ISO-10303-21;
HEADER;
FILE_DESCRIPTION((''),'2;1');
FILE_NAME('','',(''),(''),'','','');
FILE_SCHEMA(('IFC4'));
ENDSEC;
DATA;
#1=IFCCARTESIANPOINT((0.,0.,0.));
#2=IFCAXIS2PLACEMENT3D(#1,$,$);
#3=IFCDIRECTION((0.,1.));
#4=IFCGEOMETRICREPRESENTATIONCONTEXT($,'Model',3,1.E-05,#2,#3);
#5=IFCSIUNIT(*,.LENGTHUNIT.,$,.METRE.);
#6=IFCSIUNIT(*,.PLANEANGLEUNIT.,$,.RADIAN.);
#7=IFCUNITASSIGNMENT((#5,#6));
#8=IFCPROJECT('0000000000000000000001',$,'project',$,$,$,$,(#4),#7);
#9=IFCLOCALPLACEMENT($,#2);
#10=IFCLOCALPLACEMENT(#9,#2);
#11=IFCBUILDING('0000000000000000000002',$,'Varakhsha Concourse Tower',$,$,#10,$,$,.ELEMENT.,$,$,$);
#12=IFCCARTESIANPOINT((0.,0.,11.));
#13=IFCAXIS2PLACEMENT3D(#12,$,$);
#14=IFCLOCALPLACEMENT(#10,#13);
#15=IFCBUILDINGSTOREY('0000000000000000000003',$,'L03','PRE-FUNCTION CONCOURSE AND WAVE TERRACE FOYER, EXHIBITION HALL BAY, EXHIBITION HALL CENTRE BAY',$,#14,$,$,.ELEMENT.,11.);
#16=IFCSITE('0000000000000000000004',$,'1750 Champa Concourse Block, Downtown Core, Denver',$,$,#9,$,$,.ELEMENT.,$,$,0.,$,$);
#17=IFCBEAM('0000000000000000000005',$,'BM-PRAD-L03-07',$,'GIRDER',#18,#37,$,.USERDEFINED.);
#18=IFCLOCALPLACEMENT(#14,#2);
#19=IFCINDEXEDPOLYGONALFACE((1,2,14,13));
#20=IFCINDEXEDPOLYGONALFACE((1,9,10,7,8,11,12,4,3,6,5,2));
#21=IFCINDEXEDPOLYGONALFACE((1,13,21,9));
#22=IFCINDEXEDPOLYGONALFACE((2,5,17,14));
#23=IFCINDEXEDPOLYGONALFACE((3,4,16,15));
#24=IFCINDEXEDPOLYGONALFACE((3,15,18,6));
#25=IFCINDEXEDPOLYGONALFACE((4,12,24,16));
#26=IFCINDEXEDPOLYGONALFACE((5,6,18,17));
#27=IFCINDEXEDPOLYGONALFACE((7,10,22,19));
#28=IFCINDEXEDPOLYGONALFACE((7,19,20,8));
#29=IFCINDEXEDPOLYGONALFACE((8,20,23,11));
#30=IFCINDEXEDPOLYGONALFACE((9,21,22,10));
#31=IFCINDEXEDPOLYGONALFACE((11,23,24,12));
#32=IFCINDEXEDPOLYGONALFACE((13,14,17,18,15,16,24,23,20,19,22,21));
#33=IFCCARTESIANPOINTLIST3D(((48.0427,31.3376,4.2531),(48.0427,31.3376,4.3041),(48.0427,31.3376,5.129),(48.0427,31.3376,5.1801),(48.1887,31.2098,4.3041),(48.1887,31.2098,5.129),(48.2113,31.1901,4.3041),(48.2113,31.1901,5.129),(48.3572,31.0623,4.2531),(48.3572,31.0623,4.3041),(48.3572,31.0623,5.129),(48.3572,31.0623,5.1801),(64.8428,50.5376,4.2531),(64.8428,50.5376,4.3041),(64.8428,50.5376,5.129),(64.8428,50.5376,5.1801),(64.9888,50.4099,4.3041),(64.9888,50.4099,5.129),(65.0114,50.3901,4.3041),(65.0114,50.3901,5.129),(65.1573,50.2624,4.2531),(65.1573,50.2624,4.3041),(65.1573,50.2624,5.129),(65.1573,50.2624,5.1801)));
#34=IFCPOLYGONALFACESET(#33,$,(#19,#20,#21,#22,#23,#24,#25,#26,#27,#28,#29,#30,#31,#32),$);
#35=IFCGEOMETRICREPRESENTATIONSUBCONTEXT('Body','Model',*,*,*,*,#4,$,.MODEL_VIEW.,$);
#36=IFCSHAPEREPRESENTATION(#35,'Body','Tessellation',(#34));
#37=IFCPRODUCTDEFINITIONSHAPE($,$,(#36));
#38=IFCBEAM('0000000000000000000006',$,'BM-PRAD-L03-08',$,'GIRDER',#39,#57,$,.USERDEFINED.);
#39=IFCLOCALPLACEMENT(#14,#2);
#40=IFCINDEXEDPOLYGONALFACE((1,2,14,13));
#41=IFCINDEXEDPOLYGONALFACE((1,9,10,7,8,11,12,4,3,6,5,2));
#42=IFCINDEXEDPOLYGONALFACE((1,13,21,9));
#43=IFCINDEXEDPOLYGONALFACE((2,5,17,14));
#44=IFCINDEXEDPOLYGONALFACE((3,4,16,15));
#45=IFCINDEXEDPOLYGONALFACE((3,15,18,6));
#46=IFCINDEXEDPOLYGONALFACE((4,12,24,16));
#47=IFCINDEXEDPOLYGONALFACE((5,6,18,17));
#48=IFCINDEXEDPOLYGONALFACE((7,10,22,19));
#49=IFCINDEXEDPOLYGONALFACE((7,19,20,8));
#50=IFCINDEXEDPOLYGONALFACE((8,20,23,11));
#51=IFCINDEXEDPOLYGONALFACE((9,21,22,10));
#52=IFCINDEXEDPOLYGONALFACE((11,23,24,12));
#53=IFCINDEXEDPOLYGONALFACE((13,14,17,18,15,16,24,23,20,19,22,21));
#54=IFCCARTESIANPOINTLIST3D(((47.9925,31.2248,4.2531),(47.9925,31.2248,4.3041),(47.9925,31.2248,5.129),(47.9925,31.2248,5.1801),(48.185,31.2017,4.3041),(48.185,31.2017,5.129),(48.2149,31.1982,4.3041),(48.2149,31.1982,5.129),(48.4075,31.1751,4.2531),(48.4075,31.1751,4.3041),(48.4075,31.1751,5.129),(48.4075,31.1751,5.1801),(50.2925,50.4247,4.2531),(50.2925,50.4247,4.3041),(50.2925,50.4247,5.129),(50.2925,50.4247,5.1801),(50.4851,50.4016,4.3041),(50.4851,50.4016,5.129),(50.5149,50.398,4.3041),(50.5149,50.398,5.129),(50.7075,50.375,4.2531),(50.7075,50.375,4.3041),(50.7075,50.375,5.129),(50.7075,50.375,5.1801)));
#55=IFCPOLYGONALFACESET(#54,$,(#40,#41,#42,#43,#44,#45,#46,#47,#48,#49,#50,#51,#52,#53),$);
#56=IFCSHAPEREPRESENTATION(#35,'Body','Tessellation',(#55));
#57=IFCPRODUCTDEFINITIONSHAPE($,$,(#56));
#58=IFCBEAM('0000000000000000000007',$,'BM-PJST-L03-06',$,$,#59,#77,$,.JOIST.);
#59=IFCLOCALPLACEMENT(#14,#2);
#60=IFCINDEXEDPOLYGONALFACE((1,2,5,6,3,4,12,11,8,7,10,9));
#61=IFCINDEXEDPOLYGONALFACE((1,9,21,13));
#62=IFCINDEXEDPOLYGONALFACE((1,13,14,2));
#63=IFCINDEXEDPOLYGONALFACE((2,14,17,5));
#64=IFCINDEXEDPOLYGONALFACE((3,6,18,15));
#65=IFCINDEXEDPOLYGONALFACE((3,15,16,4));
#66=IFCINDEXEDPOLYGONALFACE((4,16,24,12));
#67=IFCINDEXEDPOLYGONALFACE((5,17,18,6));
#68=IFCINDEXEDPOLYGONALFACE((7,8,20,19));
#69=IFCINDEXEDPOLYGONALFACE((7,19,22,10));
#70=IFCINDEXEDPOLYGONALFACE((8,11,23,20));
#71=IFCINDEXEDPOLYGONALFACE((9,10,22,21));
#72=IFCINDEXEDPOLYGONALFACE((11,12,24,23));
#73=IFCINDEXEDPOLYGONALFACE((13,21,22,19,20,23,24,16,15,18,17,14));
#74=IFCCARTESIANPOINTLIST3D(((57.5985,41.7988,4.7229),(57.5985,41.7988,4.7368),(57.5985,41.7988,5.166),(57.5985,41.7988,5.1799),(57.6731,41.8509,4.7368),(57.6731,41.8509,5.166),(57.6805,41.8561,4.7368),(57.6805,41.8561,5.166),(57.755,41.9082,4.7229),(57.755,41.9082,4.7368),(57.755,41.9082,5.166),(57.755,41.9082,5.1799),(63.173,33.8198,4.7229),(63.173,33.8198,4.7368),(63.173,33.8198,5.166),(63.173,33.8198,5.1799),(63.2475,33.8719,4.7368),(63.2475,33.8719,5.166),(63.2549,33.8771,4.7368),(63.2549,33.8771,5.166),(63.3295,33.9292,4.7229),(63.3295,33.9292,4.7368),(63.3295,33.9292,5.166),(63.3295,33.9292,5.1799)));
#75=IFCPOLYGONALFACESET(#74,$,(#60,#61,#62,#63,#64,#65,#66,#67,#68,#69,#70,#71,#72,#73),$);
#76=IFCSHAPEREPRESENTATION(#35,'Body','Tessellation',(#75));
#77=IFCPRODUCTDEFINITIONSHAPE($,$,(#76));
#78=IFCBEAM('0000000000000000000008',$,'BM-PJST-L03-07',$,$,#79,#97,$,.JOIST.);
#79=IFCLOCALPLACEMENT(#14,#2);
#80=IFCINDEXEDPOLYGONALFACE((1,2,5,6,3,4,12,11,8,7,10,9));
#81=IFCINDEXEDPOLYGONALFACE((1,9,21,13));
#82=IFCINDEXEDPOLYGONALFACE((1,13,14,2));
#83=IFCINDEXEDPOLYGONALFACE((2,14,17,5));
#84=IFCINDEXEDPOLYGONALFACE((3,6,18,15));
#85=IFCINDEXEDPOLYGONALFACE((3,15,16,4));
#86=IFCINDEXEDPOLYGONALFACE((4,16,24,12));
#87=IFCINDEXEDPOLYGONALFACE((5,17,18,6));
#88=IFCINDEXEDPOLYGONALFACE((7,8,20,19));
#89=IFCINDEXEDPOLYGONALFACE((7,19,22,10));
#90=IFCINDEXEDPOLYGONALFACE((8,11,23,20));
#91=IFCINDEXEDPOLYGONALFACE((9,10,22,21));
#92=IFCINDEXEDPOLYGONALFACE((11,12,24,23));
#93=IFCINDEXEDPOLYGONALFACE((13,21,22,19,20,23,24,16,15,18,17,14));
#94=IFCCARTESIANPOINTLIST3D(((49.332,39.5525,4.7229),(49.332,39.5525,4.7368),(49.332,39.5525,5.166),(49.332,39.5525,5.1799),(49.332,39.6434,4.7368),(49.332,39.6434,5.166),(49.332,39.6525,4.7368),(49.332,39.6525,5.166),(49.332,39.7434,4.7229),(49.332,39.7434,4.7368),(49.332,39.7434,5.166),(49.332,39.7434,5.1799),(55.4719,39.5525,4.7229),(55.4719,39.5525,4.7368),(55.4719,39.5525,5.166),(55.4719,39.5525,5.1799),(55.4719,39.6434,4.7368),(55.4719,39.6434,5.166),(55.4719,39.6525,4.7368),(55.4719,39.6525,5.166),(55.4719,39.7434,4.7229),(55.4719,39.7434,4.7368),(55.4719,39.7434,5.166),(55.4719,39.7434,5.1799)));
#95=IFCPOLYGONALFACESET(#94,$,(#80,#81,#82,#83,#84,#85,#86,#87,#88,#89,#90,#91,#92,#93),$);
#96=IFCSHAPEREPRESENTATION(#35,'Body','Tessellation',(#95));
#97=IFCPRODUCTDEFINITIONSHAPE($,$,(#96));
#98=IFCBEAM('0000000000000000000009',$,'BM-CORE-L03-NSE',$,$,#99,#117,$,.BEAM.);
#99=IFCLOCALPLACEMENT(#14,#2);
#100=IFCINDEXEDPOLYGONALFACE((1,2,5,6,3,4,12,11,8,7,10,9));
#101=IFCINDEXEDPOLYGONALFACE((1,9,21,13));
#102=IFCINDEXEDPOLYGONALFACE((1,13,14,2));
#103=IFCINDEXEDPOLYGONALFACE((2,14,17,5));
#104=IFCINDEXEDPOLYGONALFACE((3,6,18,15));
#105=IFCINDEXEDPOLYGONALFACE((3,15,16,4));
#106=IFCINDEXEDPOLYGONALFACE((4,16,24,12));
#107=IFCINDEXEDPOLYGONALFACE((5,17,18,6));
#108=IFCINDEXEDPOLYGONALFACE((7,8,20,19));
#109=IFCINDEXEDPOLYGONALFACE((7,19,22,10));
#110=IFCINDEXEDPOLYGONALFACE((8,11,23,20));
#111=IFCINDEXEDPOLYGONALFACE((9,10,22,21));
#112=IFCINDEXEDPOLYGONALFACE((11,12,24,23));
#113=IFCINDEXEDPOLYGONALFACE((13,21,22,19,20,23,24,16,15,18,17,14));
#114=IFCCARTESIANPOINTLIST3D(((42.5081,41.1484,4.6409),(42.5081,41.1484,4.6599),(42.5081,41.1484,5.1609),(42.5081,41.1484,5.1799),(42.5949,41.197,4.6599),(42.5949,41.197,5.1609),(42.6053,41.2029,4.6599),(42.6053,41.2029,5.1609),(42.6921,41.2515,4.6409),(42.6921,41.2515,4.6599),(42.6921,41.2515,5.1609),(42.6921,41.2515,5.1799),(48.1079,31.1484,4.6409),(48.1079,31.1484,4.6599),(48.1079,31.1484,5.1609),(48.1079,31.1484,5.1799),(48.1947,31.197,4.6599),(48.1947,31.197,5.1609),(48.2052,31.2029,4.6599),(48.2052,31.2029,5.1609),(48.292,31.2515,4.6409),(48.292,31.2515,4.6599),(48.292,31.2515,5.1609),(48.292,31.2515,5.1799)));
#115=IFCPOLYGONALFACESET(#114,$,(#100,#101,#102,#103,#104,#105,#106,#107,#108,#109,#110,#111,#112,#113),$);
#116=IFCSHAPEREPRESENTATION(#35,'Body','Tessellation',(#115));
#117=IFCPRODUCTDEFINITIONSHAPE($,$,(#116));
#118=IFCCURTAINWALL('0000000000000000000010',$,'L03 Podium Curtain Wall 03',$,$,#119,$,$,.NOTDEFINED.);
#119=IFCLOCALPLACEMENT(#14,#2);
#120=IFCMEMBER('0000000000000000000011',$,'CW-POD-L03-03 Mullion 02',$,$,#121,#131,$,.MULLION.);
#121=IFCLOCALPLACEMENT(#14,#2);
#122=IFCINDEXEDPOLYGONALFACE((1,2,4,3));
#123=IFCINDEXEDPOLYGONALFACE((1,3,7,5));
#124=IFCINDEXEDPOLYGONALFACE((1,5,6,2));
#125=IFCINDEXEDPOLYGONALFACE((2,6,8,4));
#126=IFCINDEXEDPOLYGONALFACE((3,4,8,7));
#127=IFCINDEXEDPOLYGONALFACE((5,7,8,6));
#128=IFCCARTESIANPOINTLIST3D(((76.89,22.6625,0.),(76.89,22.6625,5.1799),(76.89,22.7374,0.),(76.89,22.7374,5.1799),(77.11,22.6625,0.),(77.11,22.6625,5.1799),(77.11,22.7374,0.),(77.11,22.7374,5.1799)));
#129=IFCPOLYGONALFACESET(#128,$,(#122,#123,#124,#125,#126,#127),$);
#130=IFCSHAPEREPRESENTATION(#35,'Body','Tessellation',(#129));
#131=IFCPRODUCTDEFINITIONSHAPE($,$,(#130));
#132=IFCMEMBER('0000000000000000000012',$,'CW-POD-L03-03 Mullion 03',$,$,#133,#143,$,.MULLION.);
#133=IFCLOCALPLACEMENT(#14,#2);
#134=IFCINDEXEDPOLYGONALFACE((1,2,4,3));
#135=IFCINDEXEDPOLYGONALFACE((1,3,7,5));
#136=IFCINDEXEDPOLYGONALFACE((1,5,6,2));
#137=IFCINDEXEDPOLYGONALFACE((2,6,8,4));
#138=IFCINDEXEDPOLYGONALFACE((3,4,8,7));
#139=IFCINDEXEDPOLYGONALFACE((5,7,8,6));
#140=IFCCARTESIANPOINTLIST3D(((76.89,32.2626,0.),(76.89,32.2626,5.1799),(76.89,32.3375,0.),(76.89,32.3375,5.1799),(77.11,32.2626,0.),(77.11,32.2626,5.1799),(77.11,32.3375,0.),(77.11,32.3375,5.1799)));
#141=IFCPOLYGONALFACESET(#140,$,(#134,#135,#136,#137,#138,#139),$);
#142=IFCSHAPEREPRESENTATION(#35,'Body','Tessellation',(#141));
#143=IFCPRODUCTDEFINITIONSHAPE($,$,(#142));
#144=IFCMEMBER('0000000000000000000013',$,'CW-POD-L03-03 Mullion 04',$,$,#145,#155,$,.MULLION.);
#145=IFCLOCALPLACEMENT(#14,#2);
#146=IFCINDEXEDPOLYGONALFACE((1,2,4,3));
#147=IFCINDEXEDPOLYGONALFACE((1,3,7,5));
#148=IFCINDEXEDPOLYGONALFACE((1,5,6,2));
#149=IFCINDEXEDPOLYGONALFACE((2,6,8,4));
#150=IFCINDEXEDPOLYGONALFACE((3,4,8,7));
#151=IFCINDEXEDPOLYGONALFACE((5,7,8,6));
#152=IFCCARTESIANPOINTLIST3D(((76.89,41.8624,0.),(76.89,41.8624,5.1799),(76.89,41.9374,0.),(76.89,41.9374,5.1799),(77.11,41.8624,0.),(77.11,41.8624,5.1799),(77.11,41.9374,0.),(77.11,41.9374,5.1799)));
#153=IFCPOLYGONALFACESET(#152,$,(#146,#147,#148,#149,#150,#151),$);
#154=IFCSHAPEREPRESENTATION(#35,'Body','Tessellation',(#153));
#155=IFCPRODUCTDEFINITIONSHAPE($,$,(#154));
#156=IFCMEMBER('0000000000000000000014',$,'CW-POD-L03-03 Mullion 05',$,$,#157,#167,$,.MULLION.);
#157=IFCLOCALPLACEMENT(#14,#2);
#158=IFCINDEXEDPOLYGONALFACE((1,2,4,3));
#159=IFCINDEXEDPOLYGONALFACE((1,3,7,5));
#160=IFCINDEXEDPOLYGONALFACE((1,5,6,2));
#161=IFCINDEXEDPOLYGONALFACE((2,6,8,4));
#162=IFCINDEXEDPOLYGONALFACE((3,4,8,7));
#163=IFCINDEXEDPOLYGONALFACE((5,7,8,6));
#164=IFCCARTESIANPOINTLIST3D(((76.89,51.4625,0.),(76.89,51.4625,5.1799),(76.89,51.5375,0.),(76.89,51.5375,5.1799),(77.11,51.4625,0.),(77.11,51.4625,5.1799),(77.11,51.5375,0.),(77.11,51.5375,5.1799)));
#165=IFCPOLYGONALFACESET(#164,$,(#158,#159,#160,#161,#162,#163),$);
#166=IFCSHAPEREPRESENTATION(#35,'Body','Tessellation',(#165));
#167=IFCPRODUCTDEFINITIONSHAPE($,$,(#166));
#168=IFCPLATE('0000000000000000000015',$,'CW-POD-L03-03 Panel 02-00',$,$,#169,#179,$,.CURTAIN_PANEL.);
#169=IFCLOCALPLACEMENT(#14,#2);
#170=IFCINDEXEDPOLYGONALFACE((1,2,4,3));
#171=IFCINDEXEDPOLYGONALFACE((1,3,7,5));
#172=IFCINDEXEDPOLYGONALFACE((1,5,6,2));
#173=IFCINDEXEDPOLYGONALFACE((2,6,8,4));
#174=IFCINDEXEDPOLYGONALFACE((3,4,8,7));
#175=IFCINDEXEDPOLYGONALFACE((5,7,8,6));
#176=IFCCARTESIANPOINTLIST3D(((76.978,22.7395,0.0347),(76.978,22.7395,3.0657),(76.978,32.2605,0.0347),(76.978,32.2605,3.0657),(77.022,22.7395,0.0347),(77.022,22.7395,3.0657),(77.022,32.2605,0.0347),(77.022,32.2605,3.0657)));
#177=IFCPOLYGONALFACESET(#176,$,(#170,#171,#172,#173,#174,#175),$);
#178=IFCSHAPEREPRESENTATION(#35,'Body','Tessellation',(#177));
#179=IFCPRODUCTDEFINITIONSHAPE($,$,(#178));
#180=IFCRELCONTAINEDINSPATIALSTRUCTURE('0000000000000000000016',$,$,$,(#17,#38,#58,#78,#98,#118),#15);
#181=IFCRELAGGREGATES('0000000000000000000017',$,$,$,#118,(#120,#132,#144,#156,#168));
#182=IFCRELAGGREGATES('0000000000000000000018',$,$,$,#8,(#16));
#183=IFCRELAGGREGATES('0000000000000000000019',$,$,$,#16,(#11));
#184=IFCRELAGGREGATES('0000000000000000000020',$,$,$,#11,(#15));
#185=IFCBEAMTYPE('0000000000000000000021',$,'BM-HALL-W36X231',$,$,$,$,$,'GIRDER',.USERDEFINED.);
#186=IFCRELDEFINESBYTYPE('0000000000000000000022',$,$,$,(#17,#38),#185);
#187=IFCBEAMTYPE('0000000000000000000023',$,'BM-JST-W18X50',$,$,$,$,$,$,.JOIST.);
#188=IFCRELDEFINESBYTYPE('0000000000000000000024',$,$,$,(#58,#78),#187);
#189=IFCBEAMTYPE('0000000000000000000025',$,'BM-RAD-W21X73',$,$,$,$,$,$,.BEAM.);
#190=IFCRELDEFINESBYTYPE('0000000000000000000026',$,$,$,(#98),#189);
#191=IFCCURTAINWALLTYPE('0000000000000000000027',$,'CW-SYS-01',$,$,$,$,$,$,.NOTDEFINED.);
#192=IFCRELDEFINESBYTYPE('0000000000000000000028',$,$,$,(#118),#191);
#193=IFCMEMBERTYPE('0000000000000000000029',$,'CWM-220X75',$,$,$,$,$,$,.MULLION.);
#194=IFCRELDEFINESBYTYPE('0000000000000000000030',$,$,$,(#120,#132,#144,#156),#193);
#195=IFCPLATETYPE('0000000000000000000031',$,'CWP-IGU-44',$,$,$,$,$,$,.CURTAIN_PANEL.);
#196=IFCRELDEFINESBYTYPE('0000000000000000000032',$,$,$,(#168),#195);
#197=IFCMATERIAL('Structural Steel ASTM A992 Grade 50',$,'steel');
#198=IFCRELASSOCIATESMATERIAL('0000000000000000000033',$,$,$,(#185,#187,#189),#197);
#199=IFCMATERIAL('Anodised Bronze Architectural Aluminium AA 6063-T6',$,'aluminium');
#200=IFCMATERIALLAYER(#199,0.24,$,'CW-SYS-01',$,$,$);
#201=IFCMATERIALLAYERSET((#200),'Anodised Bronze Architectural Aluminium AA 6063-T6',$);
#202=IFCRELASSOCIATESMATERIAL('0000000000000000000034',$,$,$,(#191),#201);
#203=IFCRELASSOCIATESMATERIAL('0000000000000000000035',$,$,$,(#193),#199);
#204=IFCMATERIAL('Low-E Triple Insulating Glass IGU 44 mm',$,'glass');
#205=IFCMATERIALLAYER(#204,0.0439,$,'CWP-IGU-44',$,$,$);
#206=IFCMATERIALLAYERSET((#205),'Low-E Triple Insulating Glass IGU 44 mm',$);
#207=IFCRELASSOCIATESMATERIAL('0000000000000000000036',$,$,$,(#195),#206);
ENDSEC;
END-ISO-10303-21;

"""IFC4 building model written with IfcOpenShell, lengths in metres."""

from ifc_helpers import new_model, si_unit, direction, frame, origin, origin_2d, place, context, subcontext, project, spatial, rectangle, i_section, extrude, source, transform, mapped, material, layer, layer_set, material_profile, profile_set, type_object, type_shapes, element, aggregate, save


model = new_model("IFC4")

# Units and contexts
model_context = context("Model", 3, precision=1e-05, world=origin(), true_north=direction((0.0, 1.0)))
body_context = subcontext(model_context, "Body", "Model", "MODEL_VIEW")
ifc_project = project(units=[si_unit("LENGTHUNIT", "METRE"), si_unit("PLANEANGLEUNIT", "RADIAN")], contexts=[model_context])

# Site, building, storey
site_placement = place(None, origin())
site = spatial("IfcSite", under=ifc_project, at=site_placement, Name="1750 Champa Concourse Block, Downtown Core, Denver", CompositionType="ELEMENT", RefElevation=0.0)
building_placement = place(site_placement, origin())
building = spatial("IfcBuilding", under=site, at=building_placement, Name="Varakhsha Concourse Tower", CompositionType="ELEMENT")
storey_placement = place(building_placement, frame((0.0, 0.0, 11.0)))
storey = spatial("IfcBuildingStorey", under=building, at=storey_placement, Name="L03", Description="PRE-FUNCTION CONCOURSE AND WAVE TERRACE FOYER, EXHIBITION HALL BAY, EXHIBITION HALL CENTRE BAY", CompositionType="ELEMENT", Elevation=11.0)

# Shared definitions
ifc_material_1 = material(Name="Structural Steel ASTM A992 Grade 50", Category="steel")

# Beams
ifc_material_profile_1 = material_profile(ifc_material_1, i_section(OverallWidth=0.418, OverallDepth=0.927, WebThickness=0.03, FlangeThickness=0.051, at=origin_2d()), Name="W36X231")
ifc_profile_set_1 = profile_set([ifc_material_profile_1], Name="Structural Steel ASTM A992 Grade 50")
beam_type_1 = type_object("IfcBeamType", Name="BM-HALL-W36X231", ElementType="GIRDER", PredefinedType="USERDEFINED", material=ifc_profile_set_1)
beam_1_placement = place(storey_placement, frame((48.2, 31.2, 4.7166), z_axis=(0.658507, 0.752575, 0.0), x_axis=(-0.752575, 0.658507, 0.0)))
element("IfcBeam", 1, at=beam_1_placement, inside=storey, type_object=beam_type_1, Name="BM-PRAD-L03-07", ObjectType="GIRDER", PredefinedType="USERDEFINED", context=body_context, shape_type="SweptSolid", body=[
    extrude(i_section(OverallWidth=0.418, OverallDepth=0.927, WebThickness=0.03, FlangeThickness=0.051, at=origin_2d()), origin(), (0.0, 0.0, 1.0), 25.5125),
])
beam_2_placement = place(storey_placement, frame((48.2, 31.2, 4.7166), z_axis=(0.118944, 0.992901, 0.0), x_axis=(-0.992901, 0.118944, 0.0)))
element("IfcBeam", 2, at=beam_2_placement, inside=storey, type_object=beam_type_1, Name="BM-PRAD-L03-08", ObjectType="GIRDER", PredefinedType="USERDEFINED", context=body_context, shape_type="SweptSolid", body=[
    extrude(i_section(OverallWidth=0.418, OverallDepth=0.927, WebThickness=0.03, FlangeThickness=0.051, at=origin_2d()), origin(), (0.0, 0.0, 1.0), 19.3372),
])
ifc_material_profile_2 = material_profile(ifc_material_1, i_section(OverallWidth=0.1909, OverallDepth=0.457, WebThickness=0.009, FlangeThickness=0.0139, at=origin_2d()), Name="W18X50")
ifc_profile_set_2 = profile_set([ifc_material_profile_2], Name="Structural Steel ASTM A992 Grade 50")
beam_type_2 = type_object("IfcBeamType", Name="BM-JST-W18X50", PredefinedType="JOIST", material=ifc_profile_set_2)
beam_3_placement = place(storey_placement, frame((63.2512, 33.8745, 4.9514), z_axis=(-0.572715, 0.819755, 0.0), x_axis=(-0.819755, -0.572715, 0.0)))
element("IfcBeam", 3, at=beam_3_placement, inside=storey, type_object=beam_type_2, Name="BM-PJST-L03-06", PredefinedType="JOIST", context=body_context, shape_type="SweptSolid", body=[
    extrude(i_section(OverallWidth=0.1909, OverallDepth=0.457, WebThickness=0.009, FlangeThickness=0.0139, at=origin_2d()), origin(), (0.0, 0.0, 1.0), 9.7334),
])
beam_4_placement = place(storey_placement, frame((55.4719, 39.6479, 4.9514), z_axis=(-1.0, 0.0, 0.0), x_axis=(0.0, -1.0, 0.0)))
element("IfcBeam", 4, at=beam_4_placement, inside=storey, type_object=beam_type_2, Name="BM-PJST-L03-07", PredefinedType="JOIST", context=body_context, shape_type="SweptSolid", body=[
    extrude(i_section(OverallWidth=0.1909, OverallDepth=0.457, WebThickness=0.009, FlangeThickness=0.0139, at=origin_2d()), origin(), (0.0, 0.0, 1.0), 6.1399),
])
ifc_material_profile_3 = material_profile(ifc_material_1, i_section(OverallWidth=0.2109, OverallDepth=0.5391, WebThickness=0.012, FlangeThickness=0.019, at=origin_2d()), Name="W21X73")
ifc_profile_set_3 = profile_set([ifc_material_profile_3], Name="Structural Steel ASTM A992 Grade 50")
beam_type_3 = type_object("IfcBeamType", Name="BM-RAD-W21X73", PredefinedType="BEAM", material=ifc_profile_set_3)
beam_5_placement = place(storey_placement, frame((48.2, 31.2, 4.9104), z_axis=(-0.488594, 0.872511, 0.0), x_axis=(-0.872511, -0.488594, 0.0)))
element("IfcBeam", 5, at=beam_5_placement, inside=storey, type_object=beam_type_3, Name="BM-CORE-L03-NSE", PredefinedType="BEAM", context=body_context, shape_type="SweptSolid", body=[
    extrude(i_section(OverallWidth=0.2109, OverallDepth=0.5391, WebThickness=0.012, FlangeThickness=0.019, at=origin_2d()), origin(), (0.0, 0.0, 1.0), 11.4612),
])

# Curtain wall, members, plate
ifc_material_2 = material(Name="Anodised Bronze Architectural Aluminium AA 6063-T6", Category="aluminium")
ifc_layer_1 = layer(ifc_material_2, 0.24, Name="CW-SYS-01")
ifc_layer_set_1 = layer_set([ifc_layer_1], Name="Anodised Bronze Architectural Aluminium AA 6063-T6")
curtain_wall_type = type_object("IfcCurtainWallType", Name="CW-SYS-01", PredefinedType="NOTDEFINED", material=ifc_layer_set_1)
curtain_wall_placement = place(storey_placement, origin())
curtain_wall = element("IfcCurtainWall", 6, at=curtain_wall_placement, inside=storey, type_object=curtain_wall_type, Name="L03 Podium Curtain Wall 03", PredefinedType="NOTDEFINED")
ifc_material_profile_4 = material_profile(ifc_material_2, rectangle(XDim=0.075, YDim=0.22, at=origin_2d()), Name="CWM-220X75")
ifc_profile_set_4 = profile_set([ifc_material_profile_4], Name="Anodised Bronze Architectural Aluminium AA 6063-T6")
member_type = type_object("IfcMemberType", Name="CWM-220X75", PredefinedType="MULLION", material=ifc_profile_set_4)
shared_shape_1 = source(origin(), body_context, "Body", "SweptSolid", [
    extrude(rectangle(XDim=0.075, YDim=0.22, at=origin_2d()), origin(), (0.0, 0.0, 1.0), 5.1799),
])
type_shapes(member_type, [shared_shape_1])
member_1_placement = place(storey_placement, frame((77.0, 22.7, 0.0), z_axis=(0.0, 0.0, 1.0), x_axis=(0.0, 1.0, 0.0)))
member_1 = element("IfcMember", 7, at=member_1_placement, type_object=member_type, Name="CW-POD-L03-03 Mullion 02", PredefinedType="MULLION", context=body_context, shape_type="MappedRepresentation", body=[
    mapped(shared_shape_1, transform((0.0, 0.0, 0.0), scale=1.0)),
])
member_2_placement = place(storey_placement, frame((77.0, 32.3, 0.0), z_axis=(0.0, 0.0, 1.0), x_axis=(0.0, 1.0, 0.0)))
member_2 = element("IfcMember", 8, at=member_2_placement, type_object=member_type, Name="CW-POD-L03-03 Mullion 03", PredefinedType="MULLION", context=body_context, shape_type="MappedRepresentation", body=[
    mapped(shared_shape_1, transform((0.0, 0.0, 0.0), scale=1.0)),
])
member_3_placement = place(storey_placement, frame((77.0, 41.8999, 0.0), z_axis=(0.0, 0.0, 1.0), x_axis=(0.0, 1.0, 0.0)))
member_3 = element("IfcMember", 9, at=member_3_placement, type_object=member_type, Name="CW-POD-L03-03 Mullion 04", PredefinedType="MULLION", context=body_context, shape_type="MappedRepresentation", body=[
    mapped(shared_shape_1, transform((0.0, 0.0, 0.0), scale=1.0)),
])
member_4_placement = place(storey_placement, frame((77.0, 51.5, 0.0), z_axis=(0.0, 0.0, 1.0), x_axis=(0.0, 1.0, 0.0)))
member_4 = element("IfcMember", 10, at=member_4_placement, type_object=member_type, Name="CW-POD-L03-03 Mullion 05", PredefinedType="MULLION", context=body_context, shape_type="MappedRepresentation", body=[
    mapped(shared_shape_1, transform((0.0, 0.0, 0.0), scale=1.0)),
])
ifc_material_3 = material(Name="Low-E Triple Insulating Glass IGU 44 mm", Category="glass")
ifc_layer_2 = layer(ifc_material_3, 0.0439, Name="CWP-IGU-44")
ifc_layer_set_2 = layer_set([ifc_layer_2], Name="Low-E Triple Insulating Glass IGU 44 mm")
plate_type_1 = type_object("IfcPlateType", Name="CWP-IGU-44", PredefinedType="CURTAIN_PANEL", material=ifc_layer_set_2)
shared_shape_2 = source(origin(), body_context, "Body", "SweptSolid", [
    extrude(rectangle(XDim=9.521, YDim=0.0439, at=origin_2d()), origin(), (0.0, 0.0, 1.0), 3.031),
])
type_shapes(plate_type_1, [shared_shape_2])
plate_1_placement = place(storey_placement, frame((77.0, 27.5, 0.0347), z_axis=(0.0, 0.0, 1.0), x_axis=(0.0, 1.0, 0.0)))
plate_1 = element("IfcPlate", 11, at=plate_1_placement, type_object=plate_type_1, Name="CW-POD-L03-03 Panel 02-00", PredefinedType="CURTAIN_PANEL", context=body_context, shape_type="MappedRepresentation", body=[
    mapped(shared_shape_2, transform((0.0, 0.0, 0.0), scale=1.0)),
])
aggregate(curtain_wall, [member_1, member_2, member_3, member_4, plate_1])

save(model, "model.ifc")
